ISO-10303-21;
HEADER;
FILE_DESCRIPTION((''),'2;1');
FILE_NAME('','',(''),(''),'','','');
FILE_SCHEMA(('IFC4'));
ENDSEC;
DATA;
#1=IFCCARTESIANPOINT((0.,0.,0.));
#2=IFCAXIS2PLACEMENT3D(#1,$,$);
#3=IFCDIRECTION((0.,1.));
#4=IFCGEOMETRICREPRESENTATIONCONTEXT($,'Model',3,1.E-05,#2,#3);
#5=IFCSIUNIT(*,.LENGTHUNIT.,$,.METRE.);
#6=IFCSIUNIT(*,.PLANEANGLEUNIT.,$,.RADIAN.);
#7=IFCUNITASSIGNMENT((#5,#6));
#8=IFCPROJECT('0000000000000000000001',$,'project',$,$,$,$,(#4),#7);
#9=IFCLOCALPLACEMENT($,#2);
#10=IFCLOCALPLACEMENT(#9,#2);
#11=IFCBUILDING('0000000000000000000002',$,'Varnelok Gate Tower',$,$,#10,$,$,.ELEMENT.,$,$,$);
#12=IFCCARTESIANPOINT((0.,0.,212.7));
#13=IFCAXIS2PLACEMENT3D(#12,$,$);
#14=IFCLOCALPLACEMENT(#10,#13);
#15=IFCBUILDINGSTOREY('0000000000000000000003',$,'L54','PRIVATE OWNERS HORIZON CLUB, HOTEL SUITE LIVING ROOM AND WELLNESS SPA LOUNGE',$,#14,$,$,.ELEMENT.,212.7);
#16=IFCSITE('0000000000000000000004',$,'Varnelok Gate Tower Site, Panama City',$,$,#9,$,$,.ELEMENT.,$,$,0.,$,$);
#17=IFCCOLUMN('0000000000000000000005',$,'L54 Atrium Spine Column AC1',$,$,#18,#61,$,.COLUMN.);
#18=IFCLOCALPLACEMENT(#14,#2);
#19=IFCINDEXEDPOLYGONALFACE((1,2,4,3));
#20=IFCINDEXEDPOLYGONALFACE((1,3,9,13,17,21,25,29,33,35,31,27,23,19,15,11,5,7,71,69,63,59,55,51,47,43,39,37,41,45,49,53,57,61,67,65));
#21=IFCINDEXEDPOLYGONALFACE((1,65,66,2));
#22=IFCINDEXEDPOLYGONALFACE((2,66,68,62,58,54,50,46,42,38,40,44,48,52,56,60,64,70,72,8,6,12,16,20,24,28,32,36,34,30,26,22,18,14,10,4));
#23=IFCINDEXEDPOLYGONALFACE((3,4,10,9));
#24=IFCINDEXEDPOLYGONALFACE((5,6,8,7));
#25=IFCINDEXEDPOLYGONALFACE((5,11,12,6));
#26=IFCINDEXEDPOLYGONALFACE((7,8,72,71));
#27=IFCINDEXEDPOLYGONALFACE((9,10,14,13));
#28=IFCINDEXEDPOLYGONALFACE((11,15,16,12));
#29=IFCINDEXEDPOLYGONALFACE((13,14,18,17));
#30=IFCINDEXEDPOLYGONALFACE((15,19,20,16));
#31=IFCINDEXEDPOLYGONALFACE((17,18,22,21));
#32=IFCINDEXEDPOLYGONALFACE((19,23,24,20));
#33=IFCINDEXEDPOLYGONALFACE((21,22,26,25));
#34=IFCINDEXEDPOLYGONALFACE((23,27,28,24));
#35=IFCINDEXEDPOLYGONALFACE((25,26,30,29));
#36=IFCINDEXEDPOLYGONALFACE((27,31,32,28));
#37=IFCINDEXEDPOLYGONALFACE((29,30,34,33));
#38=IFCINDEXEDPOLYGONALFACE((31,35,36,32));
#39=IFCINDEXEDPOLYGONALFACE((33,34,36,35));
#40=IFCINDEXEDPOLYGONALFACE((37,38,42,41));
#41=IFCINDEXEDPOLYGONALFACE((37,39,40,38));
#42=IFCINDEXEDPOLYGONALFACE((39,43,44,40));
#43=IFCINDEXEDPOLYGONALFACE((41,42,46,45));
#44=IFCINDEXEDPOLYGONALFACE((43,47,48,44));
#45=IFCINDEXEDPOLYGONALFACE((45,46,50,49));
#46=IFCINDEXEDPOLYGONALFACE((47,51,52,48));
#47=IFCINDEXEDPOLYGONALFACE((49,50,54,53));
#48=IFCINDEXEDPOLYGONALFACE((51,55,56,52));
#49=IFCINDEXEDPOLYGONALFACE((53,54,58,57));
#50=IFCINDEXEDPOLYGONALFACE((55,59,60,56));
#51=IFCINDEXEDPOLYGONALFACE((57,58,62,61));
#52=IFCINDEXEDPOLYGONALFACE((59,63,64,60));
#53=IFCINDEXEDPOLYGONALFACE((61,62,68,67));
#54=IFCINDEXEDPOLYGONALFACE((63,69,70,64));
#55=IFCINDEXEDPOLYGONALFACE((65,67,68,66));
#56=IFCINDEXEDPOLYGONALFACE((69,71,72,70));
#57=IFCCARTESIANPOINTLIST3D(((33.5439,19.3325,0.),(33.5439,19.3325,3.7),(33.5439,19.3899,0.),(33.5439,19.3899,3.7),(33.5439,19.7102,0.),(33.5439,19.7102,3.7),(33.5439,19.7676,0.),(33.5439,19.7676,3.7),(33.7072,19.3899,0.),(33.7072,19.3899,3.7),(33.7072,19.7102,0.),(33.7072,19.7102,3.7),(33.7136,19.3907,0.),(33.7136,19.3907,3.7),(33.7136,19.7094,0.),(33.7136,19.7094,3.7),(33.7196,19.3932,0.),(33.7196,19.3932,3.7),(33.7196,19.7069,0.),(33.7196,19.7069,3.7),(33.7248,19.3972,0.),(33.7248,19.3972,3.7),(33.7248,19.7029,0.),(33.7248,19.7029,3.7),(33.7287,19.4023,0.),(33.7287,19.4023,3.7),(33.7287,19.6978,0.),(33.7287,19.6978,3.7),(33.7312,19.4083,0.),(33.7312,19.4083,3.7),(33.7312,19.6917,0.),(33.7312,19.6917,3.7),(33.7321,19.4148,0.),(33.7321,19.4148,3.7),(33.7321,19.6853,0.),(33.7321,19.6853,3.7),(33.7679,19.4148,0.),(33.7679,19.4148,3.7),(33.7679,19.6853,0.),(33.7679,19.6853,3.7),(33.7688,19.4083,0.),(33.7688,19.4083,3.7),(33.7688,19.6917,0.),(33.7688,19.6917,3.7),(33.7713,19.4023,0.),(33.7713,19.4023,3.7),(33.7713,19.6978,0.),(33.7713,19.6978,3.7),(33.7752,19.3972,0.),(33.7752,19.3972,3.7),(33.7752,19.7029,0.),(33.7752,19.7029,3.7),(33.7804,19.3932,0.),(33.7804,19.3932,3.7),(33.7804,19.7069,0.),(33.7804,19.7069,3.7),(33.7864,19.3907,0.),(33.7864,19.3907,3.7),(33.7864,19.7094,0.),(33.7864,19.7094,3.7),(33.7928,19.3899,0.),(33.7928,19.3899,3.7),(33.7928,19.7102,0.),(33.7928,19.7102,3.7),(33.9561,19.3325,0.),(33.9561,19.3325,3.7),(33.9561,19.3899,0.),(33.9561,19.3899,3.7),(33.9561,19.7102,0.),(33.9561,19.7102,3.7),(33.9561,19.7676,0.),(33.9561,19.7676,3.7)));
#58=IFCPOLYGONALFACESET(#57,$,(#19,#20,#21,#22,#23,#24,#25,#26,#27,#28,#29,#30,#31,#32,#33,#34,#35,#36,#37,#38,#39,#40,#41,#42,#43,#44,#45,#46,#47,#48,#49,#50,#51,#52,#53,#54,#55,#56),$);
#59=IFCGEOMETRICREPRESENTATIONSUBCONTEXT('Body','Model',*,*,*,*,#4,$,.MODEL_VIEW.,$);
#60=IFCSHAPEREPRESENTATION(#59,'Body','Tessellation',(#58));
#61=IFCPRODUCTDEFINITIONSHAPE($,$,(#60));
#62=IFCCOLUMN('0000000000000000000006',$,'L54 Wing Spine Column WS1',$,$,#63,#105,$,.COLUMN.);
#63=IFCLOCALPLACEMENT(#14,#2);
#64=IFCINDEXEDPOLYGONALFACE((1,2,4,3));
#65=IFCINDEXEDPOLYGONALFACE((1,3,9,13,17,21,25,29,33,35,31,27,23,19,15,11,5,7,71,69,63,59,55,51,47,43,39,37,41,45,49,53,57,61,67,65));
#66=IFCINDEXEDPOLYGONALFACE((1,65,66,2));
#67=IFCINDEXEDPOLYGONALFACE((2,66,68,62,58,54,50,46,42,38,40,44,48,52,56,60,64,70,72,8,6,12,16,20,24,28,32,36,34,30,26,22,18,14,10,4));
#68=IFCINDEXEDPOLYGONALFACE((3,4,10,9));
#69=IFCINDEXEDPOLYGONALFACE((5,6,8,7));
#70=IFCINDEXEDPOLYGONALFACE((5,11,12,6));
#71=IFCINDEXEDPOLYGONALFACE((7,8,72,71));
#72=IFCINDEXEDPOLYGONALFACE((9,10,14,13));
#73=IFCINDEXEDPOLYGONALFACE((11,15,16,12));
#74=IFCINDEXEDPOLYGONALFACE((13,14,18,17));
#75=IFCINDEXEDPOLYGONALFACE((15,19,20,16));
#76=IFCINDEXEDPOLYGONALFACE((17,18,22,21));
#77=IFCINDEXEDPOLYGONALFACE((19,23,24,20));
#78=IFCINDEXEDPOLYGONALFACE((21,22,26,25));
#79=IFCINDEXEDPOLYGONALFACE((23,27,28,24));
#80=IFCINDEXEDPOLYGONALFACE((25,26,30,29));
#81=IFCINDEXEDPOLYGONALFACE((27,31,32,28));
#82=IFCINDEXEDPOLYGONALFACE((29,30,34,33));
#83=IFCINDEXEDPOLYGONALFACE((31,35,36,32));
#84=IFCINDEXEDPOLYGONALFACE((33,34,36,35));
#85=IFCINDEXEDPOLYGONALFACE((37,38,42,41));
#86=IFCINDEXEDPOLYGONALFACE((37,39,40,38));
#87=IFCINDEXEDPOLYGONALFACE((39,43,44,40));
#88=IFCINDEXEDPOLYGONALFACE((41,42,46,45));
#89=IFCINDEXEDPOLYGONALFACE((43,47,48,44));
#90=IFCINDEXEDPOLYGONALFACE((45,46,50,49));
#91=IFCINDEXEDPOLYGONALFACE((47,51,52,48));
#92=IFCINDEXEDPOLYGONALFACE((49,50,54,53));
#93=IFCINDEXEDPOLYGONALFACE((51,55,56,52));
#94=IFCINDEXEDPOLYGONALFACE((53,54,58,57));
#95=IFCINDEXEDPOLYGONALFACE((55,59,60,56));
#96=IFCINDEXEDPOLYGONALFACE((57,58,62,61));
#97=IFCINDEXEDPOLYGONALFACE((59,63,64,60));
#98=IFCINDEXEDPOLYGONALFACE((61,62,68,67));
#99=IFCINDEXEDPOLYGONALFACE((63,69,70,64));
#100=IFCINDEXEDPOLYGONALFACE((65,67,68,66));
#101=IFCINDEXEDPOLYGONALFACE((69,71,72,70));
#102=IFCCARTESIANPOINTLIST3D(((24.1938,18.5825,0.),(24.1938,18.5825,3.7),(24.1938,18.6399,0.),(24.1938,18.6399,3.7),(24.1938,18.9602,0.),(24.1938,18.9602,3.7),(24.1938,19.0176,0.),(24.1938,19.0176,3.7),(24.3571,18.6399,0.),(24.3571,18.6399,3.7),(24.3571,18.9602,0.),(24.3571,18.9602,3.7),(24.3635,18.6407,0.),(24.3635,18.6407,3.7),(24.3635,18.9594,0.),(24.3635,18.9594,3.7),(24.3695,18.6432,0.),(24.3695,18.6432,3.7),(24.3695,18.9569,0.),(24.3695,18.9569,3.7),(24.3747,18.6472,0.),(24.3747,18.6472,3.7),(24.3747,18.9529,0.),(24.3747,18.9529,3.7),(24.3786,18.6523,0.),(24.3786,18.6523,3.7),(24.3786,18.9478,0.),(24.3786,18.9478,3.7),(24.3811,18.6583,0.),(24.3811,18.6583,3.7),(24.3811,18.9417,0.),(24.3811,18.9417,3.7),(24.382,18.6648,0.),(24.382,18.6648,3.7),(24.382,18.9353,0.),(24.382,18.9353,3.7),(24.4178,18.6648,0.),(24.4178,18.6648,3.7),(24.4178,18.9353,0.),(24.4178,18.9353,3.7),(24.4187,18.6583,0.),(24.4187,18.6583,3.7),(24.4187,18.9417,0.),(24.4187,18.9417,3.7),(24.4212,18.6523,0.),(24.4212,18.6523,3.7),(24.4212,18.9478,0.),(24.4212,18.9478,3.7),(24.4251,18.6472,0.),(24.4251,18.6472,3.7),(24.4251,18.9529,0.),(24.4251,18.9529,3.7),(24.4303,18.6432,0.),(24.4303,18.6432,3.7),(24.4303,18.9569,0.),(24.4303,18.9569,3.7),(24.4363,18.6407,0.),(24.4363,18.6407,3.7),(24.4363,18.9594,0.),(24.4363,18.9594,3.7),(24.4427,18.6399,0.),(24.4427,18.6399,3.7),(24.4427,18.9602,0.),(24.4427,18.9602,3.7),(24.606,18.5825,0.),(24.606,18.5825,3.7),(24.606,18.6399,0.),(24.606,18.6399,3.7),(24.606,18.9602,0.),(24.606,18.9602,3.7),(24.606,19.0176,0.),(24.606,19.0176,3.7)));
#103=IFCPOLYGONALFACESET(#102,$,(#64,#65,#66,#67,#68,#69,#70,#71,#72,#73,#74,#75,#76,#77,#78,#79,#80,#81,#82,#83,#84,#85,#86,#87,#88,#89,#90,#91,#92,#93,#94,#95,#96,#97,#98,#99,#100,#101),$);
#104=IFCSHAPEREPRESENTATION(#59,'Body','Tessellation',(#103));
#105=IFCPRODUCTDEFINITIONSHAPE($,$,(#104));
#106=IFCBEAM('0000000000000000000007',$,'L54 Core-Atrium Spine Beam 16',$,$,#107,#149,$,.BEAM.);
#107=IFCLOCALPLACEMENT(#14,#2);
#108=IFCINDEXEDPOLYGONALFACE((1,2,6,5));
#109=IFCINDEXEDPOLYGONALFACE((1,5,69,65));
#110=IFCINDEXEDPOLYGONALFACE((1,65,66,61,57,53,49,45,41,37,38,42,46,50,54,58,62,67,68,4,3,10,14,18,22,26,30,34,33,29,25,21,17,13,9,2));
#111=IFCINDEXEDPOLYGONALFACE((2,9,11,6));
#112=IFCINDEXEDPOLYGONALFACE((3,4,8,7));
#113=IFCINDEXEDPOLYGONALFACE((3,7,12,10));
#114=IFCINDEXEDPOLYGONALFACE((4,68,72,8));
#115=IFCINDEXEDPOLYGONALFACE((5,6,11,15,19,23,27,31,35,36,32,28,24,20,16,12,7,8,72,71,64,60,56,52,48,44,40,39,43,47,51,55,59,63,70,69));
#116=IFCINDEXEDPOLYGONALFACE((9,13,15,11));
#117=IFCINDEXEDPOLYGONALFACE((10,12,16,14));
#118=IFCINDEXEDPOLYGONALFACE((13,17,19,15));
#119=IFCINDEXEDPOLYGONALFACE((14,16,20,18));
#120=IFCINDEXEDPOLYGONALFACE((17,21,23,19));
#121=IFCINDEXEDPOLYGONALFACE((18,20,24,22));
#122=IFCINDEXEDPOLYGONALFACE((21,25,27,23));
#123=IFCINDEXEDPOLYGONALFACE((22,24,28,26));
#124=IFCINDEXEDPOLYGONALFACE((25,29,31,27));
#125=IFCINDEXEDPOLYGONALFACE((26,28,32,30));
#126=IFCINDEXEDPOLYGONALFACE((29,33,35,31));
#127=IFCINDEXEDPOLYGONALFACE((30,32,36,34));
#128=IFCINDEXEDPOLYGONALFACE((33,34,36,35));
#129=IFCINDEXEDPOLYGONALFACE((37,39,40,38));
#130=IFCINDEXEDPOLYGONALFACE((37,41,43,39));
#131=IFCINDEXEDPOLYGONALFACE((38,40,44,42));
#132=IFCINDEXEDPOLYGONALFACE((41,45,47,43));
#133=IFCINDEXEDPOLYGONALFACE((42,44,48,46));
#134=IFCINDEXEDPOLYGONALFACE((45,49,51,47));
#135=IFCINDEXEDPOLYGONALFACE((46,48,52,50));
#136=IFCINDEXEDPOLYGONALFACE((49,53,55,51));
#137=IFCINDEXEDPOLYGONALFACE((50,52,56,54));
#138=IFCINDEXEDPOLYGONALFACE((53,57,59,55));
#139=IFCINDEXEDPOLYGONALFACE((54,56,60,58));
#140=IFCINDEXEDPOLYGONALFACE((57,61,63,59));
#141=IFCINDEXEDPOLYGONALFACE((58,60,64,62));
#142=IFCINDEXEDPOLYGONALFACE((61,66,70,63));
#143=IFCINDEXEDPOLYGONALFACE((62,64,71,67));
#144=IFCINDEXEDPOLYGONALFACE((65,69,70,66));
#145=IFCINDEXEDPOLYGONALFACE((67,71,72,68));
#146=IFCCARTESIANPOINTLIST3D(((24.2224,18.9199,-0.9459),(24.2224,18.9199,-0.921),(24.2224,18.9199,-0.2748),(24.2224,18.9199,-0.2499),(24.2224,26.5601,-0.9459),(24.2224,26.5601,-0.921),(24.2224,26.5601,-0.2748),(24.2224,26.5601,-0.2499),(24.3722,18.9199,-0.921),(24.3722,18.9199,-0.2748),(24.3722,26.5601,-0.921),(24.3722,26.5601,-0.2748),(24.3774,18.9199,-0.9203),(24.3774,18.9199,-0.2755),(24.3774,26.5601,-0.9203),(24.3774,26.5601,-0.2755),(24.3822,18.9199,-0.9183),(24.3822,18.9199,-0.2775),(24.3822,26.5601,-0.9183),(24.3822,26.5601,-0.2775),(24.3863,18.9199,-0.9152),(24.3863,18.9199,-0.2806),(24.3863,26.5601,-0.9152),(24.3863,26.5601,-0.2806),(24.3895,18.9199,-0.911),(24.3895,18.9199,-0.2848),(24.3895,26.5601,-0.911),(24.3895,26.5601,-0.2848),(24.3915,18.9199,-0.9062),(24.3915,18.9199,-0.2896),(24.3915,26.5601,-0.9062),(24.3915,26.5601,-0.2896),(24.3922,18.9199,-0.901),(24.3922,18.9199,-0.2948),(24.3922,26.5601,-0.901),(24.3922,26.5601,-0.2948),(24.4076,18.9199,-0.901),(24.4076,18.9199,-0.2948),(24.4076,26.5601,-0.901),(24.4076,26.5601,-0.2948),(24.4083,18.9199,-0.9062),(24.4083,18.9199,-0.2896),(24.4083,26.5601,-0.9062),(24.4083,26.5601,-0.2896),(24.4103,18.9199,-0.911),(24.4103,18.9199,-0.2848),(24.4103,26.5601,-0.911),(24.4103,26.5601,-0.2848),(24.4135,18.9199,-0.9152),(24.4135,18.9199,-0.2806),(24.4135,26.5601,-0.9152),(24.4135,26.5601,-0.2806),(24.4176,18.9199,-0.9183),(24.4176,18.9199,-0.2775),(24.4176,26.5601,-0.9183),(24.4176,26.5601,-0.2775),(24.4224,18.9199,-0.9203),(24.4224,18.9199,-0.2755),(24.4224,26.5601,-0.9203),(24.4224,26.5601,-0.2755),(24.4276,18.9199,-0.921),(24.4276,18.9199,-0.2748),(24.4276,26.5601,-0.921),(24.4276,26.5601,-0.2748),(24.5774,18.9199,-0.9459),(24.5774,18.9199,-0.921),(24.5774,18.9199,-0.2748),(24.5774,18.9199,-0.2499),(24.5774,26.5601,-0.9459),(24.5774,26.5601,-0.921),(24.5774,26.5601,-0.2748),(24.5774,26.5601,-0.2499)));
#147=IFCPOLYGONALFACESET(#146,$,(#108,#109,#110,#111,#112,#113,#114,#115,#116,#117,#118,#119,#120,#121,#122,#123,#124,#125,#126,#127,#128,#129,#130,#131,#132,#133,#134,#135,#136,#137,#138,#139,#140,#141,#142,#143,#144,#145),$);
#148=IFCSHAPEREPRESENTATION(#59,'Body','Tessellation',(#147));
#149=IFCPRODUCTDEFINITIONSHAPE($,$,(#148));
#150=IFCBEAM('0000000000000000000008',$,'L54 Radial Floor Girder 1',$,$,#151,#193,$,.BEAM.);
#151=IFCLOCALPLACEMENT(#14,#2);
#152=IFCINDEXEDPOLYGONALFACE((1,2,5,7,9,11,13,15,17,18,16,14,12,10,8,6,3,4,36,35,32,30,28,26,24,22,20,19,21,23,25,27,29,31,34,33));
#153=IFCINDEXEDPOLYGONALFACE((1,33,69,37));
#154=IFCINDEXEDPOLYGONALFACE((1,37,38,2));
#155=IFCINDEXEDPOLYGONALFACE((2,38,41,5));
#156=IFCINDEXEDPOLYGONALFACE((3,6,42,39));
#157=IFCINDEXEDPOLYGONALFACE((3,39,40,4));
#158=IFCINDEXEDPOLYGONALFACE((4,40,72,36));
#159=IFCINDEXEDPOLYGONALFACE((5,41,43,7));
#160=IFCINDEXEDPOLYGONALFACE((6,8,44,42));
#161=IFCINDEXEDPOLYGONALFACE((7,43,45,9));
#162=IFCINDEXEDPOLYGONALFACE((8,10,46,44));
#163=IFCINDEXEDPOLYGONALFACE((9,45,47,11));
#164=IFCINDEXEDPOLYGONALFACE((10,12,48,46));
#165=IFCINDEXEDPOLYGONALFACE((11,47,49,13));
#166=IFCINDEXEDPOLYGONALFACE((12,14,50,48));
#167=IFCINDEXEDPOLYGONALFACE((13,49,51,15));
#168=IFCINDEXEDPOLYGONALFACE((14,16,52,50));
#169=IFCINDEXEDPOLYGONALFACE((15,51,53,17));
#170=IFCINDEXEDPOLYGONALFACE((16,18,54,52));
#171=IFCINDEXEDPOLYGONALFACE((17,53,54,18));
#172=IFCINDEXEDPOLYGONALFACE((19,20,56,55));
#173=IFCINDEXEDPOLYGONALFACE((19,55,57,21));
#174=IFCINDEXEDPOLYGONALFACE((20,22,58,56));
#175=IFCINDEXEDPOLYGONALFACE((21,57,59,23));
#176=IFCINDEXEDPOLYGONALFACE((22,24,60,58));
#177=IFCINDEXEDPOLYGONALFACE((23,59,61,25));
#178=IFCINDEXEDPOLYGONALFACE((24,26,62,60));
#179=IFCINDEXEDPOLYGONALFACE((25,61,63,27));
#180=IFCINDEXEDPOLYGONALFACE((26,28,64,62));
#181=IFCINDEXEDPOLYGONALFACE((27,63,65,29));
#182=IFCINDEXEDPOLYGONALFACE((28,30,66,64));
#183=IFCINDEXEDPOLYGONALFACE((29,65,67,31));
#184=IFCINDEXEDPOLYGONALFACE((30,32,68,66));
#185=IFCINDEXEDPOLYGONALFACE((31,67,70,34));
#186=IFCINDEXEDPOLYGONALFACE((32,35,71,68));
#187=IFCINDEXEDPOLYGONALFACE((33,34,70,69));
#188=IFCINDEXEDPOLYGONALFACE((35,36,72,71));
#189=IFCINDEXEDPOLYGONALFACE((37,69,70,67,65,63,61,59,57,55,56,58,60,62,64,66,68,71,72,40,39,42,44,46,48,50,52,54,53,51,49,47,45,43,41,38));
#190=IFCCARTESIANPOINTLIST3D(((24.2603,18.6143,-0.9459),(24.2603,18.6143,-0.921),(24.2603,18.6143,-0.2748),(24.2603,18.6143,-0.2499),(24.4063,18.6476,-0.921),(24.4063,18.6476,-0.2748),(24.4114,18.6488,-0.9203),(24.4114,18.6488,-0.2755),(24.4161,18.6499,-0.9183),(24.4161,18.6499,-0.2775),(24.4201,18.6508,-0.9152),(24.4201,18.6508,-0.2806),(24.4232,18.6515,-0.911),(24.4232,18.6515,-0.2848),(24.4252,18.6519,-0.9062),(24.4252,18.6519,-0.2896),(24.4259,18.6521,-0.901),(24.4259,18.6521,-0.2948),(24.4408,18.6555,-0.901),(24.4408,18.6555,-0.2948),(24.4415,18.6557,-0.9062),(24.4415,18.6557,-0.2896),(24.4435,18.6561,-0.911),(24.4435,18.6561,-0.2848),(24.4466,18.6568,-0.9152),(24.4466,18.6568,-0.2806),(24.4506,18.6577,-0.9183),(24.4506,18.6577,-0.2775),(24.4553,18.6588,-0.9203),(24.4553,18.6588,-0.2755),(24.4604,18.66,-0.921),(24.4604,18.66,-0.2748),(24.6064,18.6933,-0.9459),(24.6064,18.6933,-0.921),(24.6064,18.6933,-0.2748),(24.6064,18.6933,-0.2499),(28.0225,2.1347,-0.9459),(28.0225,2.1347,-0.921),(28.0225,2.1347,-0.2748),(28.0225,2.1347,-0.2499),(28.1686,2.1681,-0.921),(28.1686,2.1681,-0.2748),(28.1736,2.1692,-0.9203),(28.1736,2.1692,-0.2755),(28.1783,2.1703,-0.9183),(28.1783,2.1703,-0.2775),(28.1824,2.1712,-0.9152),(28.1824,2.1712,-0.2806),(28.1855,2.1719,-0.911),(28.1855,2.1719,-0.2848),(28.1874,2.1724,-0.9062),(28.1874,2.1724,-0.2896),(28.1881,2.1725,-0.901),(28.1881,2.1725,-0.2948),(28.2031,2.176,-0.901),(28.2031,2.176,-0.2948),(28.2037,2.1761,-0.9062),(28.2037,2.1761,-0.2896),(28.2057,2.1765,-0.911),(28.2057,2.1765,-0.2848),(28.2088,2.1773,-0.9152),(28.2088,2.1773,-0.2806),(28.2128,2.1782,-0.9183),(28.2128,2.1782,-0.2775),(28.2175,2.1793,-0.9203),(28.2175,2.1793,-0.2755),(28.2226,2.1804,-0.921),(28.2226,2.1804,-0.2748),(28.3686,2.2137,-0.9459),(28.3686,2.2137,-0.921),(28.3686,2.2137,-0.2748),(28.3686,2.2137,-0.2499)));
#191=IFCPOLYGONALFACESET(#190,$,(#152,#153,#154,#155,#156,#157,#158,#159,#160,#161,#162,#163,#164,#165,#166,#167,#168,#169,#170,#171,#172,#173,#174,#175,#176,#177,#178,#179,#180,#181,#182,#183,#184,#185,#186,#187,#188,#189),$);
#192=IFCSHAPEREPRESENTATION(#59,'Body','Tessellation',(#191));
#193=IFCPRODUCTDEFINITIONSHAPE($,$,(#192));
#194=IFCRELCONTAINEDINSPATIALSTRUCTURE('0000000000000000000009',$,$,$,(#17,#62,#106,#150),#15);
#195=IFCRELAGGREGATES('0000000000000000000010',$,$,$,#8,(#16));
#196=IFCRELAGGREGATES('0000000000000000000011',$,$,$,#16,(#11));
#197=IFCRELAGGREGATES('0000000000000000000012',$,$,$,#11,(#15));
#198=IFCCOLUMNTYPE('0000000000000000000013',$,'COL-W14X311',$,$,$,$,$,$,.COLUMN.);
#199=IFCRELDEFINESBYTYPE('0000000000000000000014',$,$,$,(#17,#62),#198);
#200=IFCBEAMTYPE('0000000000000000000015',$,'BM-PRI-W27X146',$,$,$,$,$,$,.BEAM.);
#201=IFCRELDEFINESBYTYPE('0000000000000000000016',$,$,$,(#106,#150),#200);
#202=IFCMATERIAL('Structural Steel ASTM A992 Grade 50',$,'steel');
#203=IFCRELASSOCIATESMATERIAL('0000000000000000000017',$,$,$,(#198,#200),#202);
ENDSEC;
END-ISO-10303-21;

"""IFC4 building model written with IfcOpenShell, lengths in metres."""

from ifc_helpers import new_model, si_unit, direction, frame, origin, origin_2d, place, context, subcontext, project, spatial, i_section, extrude, material, material_profile, profile_set, type_object, element, save


model = new_model("IFC4")

# Units and contexts
model_context = context("Model", 3, precision=1e-05, world=origin(), true_north=direction((0.0, 1.0)))
body_context = subcontext(model_context, "Body", "Model", "MODEL_VIEW")
ifc_project = project(units=[si_unit("LENGTHUNIT", "METRE"), si_unit("PLANEANGLEUNIT", "RADIAN")], contexts=[model_context])

# Site, building, storey
site_placement = place(None, origin())
site = spatial("IfcSite", under=ifc_project, at=site_placement, Name="Varnelok Gate Tower Site, Panama City", CompositionType="ELEMENT", RefElevation=0.0)
building_placement = place(site_placement, origin())
building = spatial("IfcBuilding", under=site, at=building_placement, Name="Varnelok Gate Tower", CompositionType="ELEMENT")
storey_placement = place(building_placement, frame((0.0, 0.0, 212.7)))
storey = spatial("IfcBuildingStorey", under=building, at=storey_placement, Name="L54", Description="PRIVATE OWNERS HORIZON CLUB, HOTEL SUITE LIVING ROOM AND WELLNESS SPA LOUNGE", CompositionType="ELEMENT", Elevation=212.7)

# Columns
ifc_material_1 = material(Name="Structural Steel ASTM A992 Grade 50", Category="steel")
ifc_material_profile_1 = material_profile(ifc_material_1, i_section(OverallWidth=0.4121, OverallDepth=0.4351, WebThickness=0.0359, FlangeThickness=0.0574, FilletRadius=0.0249, at=origin_2d()), Name="W14X311")
ifc_profile_set_1 = profile_set([ifc_material_profile_1], Name="Structural Steel ASTM A992 Grade 50")
column_type = type_object("IfcColumnType", Name="COL-W14X311", PredefinedType="COLUMN", material=ifc_profile_set_1)
for number, where, z_axis, x_axis, name in (
    (1, (33.75, 19.55, 0.0), (0.0, 0.0, 1.0), (1.0, 0.0, 0.0), "L54 Atrium Spine Column AC1"),
    (2, (24.3999, 18.8, 0.0), (0.0, 0.0, 1.0), (1.0, 0.0, 0.0), "L54 Wing Spine Column WS1"),
):
    element("IfcColumn", number, at=place(storey_placement, frame(where, z_axis=z_axis, x_axis=x_axis)), inside=storey, type_object=column_type, Name=name, PredefinedType="COLUMN", context=body_context, shape_type="SweptSolid", body=[
        extrude(i_section(OverallWidth=0.4121, OverallDepth=0.4351, WebThickness=0.0359, FlangeThickness=0.0574, FilletRadius=0.0249, at=origin_2d()), origin(), (0.0, 0.0, 1.0), 3.7),
    ])

# Beams
ifc_material_profile_2 = material_profile(ifc_material_1, i_section(OverallWidth=0.355, OverallDepth=0.696, WebThickness=0.0154, FlangeThickness=0.0249, FilletRadius=0.02, at=origin_2d()), Name="W27X146")
ifc_profile_set_2 = profile_set([ifc_material_profile_2], Name="Structural Steel ASTM A992 Grade 50")
beam_type_1 = type_object("IfcBeamType", Name="BM-PRI-W27X146", PredefinedType="BEAM", material=ifc_profile_set_2)
beam_1_placement = place(storey_placement, frame((24.3999, 18.9199, -0.5979), z_axis=(0.0, 1.0, 0.0), x_axis=(-1.0, 0.0, 0.0)))
element("IfcBeam", 3, at=beam_1_placement, inside=storey, type_object=beam_type_1, Name="L54 Core-Atrium Spine Beam 16", PredefinedType="BEAM", context=body_context, shape_type="SweptSolid", body=[
    extrude(i_section(OverallWidth=0.355, OverallDepth=0.696, WebThickness=0.0154, FlangeThickness=0.0249, FilletRadius=0.02, at=origin_2d()), origin(), (0.0, 0.0, 1.0), 7.6401),
])
beam_2_placement = place(storey_placement, frame((24.4333, 18.6538, -0.5979), z_axis=(0.22257, -0.974917, 0.0), x_axis=(0.974917, 0.22257, 0.0)))
element("IfcBeam", 4, at=beam_2_placement, inside=storey, type_object=beam_type_1, Name="L54 Radial Floor Girder 1", PredefinedType="BEAM", context=body_context, shape_type="SweptSolid", body=[
    extrude(i_section(OverallWidth=0.355, OverallDepth=0.696, WebThickness=0.0154, FlangeThickness=0.0249, FilletRadius=0.02, at=origin_2d()), origin(), (0.0, 0.0, 1.0), 16.9036),
])

save(model, "model.ifc")
